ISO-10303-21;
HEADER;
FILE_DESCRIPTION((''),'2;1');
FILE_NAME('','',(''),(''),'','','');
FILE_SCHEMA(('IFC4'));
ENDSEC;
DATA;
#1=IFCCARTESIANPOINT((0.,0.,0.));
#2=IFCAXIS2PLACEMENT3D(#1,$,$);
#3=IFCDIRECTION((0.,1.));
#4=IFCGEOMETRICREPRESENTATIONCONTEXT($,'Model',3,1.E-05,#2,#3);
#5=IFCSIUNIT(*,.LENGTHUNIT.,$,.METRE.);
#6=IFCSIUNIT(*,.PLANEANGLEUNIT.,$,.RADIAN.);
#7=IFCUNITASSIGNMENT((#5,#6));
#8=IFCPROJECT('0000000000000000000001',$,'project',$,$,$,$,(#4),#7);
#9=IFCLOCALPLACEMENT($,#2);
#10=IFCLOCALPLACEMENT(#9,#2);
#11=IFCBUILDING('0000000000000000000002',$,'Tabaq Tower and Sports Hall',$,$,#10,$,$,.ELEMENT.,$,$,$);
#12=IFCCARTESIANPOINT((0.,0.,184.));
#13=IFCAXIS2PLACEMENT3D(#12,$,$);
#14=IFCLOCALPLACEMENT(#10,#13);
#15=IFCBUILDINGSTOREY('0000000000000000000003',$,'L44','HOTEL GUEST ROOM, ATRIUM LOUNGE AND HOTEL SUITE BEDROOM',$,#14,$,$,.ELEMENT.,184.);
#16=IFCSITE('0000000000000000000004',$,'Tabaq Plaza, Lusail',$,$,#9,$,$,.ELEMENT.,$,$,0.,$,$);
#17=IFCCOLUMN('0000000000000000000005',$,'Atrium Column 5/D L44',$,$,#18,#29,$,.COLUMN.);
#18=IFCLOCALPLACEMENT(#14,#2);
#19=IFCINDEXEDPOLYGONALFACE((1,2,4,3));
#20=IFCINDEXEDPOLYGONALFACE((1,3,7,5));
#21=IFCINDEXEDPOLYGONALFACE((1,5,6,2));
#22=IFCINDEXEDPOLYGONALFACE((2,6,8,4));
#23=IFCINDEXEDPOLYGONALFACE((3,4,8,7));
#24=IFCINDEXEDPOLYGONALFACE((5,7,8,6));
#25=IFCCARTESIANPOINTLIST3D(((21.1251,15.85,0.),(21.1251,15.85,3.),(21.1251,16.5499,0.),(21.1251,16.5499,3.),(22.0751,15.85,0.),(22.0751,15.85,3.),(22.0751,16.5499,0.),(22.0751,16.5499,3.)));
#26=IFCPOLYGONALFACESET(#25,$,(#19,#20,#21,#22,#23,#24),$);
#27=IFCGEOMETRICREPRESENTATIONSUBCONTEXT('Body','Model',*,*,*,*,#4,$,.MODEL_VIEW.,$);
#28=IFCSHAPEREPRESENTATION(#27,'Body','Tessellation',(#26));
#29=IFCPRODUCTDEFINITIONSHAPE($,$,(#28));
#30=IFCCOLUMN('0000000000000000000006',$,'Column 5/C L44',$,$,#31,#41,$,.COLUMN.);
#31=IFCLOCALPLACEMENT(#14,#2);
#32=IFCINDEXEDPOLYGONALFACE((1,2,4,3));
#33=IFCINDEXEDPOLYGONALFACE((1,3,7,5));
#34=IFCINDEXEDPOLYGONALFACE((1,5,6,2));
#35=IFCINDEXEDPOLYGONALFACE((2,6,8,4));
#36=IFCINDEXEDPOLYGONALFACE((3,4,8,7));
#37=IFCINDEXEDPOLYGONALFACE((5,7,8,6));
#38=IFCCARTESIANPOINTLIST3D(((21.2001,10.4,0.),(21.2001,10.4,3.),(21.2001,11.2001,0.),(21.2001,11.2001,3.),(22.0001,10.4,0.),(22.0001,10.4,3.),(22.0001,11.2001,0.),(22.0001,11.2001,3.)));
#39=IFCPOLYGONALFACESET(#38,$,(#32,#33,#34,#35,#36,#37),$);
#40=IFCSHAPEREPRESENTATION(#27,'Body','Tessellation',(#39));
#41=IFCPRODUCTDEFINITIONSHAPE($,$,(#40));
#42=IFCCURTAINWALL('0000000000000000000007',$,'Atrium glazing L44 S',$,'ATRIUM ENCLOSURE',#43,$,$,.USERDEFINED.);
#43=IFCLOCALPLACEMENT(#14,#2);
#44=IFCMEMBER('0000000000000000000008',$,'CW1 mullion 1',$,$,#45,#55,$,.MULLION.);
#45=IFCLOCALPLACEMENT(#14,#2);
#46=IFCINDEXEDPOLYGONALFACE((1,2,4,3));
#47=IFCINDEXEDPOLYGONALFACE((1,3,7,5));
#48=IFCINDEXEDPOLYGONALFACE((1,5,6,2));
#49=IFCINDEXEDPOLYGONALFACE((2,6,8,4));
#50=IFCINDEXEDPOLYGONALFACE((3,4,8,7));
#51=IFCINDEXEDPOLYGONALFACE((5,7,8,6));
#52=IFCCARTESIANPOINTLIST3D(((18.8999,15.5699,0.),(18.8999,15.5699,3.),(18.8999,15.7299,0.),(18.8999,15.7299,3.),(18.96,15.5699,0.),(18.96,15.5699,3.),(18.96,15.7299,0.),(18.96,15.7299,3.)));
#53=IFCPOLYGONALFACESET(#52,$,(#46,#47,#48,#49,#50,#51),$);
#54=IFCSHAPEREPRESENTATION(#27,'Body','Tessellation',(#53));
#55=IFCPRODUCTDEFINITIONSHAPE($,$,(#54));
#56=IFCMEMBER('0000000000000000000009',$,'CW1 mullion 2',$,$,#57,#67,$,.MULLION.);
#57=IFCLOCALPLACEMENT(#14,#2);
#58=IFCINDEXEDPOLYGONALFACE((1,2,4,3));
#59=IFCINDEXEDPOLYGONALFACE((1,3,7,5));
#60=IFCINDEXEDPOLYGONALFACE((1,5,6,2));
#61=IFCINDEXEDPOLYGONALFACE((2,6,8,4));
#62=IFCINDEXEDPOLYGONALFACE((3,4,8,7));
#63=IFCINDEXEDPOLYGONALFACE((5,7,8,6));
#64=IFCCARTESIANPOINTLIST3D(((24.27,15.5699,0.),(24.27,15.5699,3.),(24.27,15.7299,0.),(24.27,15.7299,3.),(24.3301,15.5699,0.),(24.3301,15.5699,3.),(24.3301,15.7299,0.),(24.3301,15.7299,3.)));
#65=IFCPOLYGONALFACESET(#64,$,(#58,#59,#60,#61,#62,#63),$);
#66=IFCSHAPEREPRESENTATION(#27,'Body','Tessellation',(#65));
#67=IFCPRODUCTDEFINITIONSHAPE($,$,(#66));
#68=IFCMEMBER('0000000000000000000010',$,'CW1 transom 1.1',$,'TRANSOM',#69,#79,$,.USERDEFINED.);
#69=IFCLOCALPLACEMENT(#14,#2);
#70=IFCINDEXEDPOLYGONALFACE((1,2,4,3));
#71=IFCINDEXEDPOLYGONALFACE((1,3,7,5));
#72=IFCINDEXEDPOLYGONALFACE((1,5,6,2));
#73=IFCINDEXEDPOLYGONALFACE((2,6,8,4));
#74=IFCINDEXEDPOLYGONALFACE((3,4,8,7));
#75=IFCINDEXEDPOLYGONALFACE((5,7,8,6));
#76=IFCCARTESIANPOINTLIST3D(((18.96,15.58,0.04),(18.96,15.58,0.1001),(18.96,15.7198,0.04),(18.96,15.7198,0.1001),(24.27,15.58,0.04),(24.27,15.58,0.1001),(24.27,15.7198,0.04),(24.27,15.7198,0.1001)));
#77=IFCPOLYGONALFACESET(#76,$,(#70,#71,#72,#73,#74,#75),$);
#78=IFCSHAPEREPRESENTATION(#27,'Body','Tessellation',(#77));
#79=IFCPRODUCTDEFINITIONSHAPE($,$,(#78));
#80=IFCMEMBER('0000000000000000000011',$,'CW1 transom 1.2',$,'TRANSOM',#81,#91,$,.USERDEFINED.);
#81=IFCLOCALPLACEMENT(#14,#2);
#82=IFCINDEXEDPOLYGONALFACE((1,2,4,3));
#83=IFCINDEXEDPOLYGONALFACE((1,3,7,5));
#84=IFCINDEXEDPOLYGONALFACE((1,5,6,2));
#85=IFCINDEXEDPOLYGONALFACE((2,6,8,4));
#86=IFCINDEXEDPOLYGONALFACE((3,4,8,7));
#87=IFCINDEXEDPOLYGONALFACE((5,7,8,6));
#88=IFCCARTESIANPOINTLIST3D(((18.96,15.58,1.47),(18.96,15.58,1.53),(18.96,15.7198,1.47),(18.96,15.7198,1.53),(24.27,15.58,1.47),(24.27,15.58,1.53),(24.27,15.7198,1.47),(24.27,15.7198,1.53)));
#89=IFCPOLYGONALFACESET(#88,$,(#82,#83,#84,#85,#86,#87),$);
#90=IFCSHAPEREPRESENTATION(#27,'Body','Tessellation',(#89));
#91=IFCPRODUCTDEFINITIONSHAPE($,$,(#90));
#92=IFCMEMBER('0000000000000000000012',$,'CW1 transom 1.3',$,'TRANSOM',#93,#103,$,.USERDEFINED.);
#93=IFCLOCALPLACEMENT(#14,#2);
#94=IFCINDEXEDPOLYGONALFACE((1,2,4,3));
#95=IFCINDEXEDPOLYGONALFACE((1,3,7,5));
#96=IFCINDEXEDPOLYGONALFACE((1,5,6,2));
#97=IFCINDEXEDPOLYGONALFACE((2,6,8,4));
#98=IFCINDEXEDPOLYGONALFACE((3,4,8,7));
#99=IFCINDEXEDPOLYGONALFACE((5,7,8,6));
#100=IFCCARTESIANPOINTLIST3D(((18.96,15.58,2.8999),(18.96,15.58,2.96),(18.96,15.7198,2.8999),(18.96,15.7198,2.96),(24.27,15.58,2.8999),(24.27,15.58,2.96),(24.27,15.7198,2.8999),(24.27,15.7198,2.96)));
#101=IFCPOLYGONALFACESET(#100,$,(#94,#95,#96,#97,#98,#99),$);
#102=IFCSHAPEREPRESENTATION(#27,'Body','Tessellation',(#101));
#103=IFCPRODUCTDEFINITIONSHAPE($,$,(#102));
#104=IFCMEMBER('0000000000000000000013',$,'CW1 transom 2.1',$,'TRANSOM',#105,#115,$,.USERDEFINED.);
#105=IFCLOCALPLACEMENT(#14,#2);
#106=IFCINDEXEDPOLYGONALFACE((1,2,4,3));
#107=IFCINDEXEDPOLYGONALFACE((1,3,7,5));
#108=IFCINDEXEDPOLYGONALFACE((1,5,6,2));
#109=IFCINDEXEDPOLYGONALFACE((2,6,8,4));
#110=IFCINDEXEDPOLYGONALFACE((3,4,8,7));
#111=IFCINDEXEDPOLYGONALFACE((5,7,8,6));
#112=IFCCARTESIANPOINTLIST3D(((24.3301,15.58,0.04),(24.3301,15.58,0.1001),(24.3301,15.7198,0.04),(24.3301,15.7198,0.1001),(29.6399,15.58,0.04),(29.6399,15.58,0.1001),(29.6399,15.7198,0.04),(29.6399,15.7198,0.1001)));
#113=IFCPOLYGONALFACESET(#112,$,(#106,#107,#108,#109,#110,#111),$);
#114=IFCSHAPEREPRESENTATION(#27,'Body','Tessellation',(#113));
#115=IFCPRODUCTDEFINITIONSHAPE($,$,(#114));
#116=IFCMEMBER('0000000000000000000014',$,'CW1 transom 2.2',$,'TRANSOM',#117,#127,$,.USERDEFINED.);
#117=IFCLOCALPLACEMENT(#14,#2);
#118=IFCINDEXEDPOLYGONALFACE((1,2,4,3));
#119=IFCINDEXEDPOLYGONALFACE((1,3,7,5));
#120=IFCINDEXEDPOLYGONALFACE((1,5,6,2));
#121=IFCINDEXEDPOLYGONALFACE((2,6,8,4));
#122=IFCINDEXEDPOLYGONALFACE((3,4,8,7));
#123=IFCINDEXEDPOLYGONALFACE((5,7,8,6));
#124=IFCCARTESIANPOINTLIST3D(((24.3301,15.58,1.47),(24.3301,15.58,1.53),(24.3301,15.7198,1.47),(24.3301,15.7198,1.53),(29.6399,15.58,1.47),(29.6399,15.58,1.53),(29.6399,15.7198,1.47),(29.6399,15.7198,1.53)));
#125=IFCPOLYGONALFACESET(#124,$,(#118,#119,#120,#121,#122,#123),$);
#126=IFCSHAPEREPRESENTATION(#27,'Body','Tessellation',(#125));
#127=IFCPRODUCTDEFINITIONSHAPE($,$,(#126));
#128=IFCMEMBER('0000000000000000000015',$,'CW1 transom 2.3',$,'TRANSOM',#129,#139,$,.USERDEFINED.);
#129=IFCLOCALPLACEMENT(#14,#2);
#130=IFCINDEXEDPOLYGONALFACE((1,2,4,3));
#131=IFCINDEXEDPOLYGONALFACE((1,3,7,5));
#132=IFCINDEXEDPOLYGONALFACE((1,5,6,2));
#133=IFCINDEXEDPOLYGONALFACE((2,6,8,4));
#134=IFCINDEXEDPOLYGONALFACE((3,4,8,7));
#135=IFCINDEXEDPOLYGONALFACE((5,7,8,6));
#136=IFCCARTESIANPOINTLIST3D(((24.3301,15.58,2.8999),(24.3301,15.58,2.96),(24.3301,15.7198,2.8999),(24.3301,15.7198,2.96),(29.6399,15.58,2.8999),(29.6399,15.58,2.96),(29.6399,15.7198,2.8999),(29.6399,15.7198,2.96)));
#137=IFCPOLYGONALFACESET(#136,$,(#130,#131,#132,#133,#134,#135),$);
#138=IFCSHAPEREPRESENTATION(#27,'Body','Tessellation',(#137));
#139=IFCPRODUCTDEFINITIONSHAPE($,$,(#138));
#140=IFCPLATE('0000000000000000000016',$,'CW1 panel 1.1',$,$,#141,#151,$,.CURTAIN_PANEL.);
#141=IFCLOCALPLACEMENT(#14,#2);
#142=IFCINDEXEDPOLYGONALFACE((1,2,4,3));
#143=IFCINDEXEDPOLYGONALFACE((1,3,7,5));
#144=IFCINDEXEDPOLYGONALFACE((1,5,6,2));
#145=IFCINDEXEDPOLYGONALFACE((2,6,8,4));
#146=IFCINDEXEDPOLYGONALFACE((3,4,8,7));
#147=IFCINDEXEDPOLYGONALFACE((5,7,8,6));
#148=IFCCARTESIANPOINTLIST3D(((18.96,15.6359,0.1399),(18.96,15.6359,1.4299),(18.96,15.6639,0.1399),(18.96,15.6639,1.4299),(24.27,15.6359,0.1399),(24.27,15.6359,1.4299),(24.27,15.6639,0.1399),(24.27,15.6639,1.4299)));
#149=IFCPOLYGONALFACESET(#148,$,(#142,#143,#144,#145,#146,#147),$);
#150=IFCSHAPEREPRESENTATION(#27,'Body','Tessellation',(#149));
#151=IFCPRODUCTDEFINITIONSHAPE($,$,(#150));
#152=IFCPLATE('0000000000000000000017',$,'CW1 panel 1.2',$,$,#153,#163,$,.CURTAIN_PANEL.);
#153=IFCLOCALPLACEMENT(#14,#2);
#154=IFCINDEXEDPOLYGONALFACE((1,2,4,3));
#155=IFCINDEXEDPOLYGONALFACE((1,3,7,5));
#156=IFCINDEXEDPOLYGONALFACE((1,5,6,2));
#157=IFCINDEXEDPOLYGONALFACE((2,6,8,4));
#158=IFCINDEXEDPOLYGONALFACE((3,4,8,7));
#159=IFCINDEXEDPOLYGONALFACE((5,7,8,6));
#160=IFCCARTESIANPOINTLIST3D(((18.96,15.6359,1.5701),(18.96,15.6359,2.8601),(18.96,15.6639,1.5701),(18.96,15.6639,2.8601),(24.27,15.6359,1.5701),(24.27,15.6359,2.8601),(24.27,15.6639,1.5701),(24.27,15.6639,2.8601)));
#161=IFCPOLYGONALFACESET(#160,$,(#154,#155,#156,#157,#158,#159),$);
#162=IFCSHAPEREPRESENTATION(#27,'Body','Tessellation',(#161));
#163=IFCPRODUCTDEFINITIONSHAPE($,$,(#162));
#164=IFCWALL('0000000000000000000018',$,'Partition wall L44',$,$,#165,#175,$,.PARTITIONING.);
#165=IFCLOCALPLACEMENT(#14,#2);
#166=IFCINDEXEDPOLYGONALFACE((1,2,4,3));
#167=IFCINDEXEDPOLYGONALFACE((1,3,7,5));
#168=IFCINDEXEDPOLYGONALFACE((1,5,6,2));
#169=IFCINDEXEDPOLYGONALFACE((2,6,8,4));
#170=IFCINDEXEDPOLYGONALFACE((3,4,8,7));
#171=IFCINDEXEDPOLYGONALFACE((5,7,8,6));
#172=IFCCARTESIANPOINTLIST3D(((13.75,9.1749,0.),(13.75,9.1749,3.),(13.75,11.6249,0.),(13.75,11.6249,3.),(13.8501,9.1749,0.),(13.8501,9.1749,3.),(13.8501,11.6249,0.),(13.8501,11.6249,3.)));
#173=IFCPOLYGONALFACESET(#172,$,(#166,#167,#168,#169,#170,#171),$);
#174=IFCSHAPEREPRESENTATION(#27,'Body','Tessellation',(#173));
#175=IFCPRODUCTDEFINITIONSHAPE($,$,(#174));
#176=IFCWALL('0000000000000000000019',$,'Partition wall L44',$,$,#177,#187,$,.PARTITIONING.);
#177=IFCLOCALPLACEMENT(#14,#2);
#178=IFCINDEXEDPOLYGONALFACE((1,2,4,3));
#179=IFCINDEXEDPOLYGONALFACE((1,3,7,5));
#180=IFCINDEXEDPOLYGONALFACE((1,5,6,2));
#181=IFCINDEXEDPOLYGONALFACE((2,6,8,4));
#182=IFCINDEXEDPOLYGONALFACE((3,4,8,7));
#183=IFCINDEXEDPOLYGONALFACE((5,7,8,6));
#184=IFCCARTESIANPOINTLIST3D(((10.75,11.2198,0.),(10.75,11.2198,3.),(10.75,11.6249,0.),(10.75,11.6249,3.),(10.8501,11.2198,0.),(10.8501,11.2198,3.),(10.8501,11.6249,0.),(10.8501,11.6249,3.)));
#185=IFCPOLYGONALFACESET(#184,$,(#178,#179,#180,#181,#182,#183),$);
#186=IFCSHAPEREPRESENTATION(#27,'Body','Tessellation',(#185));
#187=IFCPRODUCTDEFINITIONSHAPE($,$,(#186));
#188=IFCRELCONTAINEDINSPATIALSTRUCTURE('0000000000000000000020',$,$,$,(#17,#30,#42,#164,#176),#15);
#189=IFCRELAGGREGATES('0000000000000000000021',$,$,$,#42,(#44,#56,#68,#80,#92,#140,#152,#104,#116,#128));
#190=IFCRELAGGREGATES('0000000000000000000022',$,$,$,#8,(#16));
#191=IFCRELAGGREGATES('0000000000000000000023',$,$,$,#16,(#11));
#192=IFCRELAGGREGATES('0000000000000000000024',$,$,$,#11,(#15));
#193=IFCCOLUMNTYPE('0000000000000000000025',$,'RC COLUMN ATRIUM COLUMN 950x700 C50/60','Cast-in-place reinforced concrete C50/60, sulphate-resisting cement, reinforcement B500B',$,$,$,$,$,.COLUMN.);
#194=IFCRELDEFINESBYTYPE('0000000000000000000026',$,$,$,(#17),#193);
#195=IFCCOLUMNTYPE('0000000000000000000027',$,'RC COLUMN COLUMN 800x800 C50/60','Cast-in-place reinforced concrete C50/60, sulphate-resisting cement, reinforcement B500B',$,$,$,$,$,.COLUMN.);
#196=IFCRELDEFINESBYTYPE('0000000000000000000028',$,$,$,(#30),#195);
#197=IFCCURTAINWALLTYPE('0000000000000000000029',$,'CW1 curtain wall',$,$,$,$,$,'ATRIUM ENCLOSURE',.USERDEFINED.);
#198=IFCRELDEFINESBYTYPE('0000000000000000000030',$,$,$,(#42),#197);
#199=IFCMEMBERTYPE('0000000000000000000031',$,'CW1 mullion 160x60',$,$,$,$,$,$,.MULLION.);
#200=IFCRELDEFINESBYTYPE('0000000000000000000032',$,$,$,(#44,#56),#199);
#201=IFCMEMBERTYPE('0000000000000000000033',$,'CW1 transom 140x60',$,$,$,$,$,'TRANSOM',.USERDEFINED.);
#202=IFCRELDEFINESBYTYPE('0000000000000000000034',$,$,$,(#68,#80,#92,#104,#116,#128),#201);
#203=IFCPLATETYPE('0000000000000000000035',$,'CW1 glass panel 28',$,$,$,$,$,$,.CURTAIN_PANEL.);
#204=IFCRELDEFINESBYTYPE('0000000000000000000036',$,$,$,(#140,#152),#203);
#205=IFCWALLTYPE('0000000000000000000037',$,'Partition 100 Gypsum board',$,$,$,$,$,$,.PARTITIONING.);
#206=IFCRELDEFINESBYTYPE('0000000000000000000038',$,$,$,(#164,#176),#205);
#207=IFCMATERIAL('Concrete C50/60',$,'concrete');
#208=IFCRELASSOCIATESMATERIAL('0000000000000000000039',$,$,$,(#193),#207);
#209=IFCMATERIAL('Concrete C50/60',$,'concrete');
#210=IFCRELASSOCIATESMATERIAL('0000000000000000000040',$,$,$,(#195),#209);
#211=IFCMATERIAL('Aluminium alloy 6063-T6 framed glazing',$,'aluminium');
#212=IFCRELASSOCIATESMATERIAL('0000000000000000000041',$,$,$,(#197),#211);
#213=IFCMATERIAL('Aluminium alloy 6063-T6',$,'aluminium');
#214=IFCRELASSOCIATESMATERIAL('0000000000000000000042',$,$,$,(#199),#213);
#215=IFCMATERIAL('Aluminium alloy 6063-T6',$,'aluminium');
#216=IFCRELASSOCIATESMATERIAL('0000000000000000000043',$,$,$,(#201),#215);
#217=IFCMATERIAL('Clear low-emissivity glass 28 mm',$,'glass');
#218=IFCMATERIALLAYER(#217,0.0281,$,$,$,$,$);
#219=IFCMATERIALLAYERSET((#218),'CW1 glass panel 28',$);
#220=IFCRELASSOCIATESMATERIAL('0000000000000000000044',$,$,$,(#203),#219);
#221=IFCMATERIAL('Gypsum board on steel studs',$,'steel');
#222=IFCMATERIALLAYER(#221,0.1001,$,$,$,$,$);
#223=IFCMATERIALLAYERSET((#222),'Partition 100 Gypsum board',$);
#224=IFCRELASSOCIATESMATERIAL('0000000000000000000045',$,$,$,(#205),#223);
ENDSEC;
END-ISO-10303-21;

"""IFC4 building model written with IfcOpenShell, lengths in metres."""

from ifc_helpers import new_model, si_unit, direction, frame, frame_2d, origin, origin_2d, place, context, subcontext, project, spatial, rectangle, extrude, material, layer, layer_set, material_profile, profile_set, type_object, element, aggregate, save


model = new_model("IFC4")

# Units and contexts
model_context = context("Model", 3, precision=1e-05, world=origin(), true_north=direction((0.0, 1.0)))
body_context = subcontext(model_context, "Body", "Model", "MODEL_VIEW")
ifc_project = project(units=[si_unit("LENGTHUNIT", "METRE"), si_unit("PLANEANGLEUNIT", "RADIAN")], contexts=[model_context])

# Site, building, storey
site_placement = place(None, origin())
site = spatial("IfcSite", under=ifc_project, at=site_placement, Name="Tabaq Plaza, Lusail", CompositionType="ELEMENT", RefElevation=0.0)
building_placement = place(site_placement, origin())
building = spatial("IfcBuilding", under=site, at=building_placement, Name="Tabaq Tower and Sports Hall", CompositionType="ELEMENT")
storey_placement = place(building_placement, frame((0.0, 0.0, 184.0)))
storey = spatial("IfcBuildingStorey", under=building, at=storey_placement, Name="L44", Description="HOTEL GUEST ROOM, ATRIUM LOUNGE AND HOTEL SUITE BEDROOM", CompositionType="ELEMENT", Elevation=184.0)

# Columns
ifc_material_1 = material(Name="Concrete C50/60", Category="concrete")
ifc_material_profile_1 = material_profile(ifc_material_1, rectangle(XDim=0.95, YDim=0.7, at=origin_2d()), Name="ATRIUM COLUMN 950x700")
ifc_profile_set_1 = profile_set([ifc_material_profile_1], Name="Concrete C50/60")
column_type_1 = type_object("IfcColumnType", Name="RC COLUMN ATRIUM COLUMN 950x700 C50/60", Description="Cast-in-place reinforced concrete C50/60, sulphate-resisting cement, reinforcement B500B", PredefinedType="COLUMN", material=ifc_profile_set_1)
column_1_placement = place(storey_placement, frame((21.6001, 16.2, 0.0), z_axis=(0.0, 0.0, 1.0), x_axis=(1.0, 0.0, 0.0)))
element("IfcColumn", 1, at=column_1_placement, inside=storey, type_object=column_type_1, Name="Atrium Column 5/D L44", PredefinedType="COLUMN", context=body_context, shape_type="SweptSolid", body=[
    extrude(rectangle(XDim=0.95, YDim=0.7, at=origin_2d()), origin(), (0.0, 0.0, 1.0), 3.0),
])
ifc_material_2 = material(Name="Concrete C50/60", Category="concrete")
ifc_material_profile_2 = material_profile(ifc_material_2, rectangle(XDim=0.8, YDim=0.8, at=origin_2d()), Name="COLUMN 800x800")
ifc_profile_set_2 = profile_set([ifc_material_profile_2], Name="Concrete C50/60")
column_type_2 = type_object("IfcColumnType", Name="RC COLUMN COLUMN 800x800 C50/60", Description="Cast-in-place reinforced concrete C50/60, sulphate-resisting cement, reinforcement B500B", PredefinedType="COLUMN", material=ifc_profile_set_2)
column_2_placement = place(storey_placement, frame((21.6001, 10.8, 0.0), z_axis=(0.0, 0.0, 1.0), x_axis=(1.0, 0.0, 0.0)))
element("IfcColumn", 2, at=column_2_placement, inside=storey, type_object=column_type_2, Name="Column 5/C L44", PredefinedType="COLUMN", context=body_context, shape_type="SweptSolid", body=[
    extrude(rectangle(XDim=0.8, YDim=0.8, at=origin_2d()), origin(), (0.0, 0.0, 1.0), 3.0),
])

# Curtain wall, members, plates
ifc_material_3 = material(Name="Aluminium alloy 6063-T6 framed glazing", Category="aluminium")
curtain_wall_type = type_object("IfcCurtainWallType", Name="CW1 curtain wall", ElementType="ATRIUM ENCLOSURE", PredefinedType="USERDEFINED", material=ifc_material_3)
curtain_wall_placement = place(storey_placement, origin())
curtain_wall = element("IfcCurtainWall", 3, at=curtain_wall_placement, inside=storey, type_object=curtain_wall_type, Name="Atrium glazing L44 S", ObjectType="ATRIUM ENCLOSURE", PredefinedType="USERDEFINED")
ifc_material_4 = material(Name="Aluminium alloy 6063-T6", Category="aluminium")
ifc_material_profile_3 = material_profile(ifc_material_4, rectangle(XDim=0.1599, YDim=0.0601, at=origin_2d()), Name="MULLION 160x60")
ifc_profile_set_3 = profile_set([ifc_material_profile_3], Name="Aluminium alloy 6063-T6")
member_type_1 = type_object("IfcMemberType", Name="CW1 mullion 160x60", PredefinedType="MULLION", material=ifc_profile_set_3)
member_1_placement = place(storey_placement, frame((18.9299, 15.6499, 0.0), z_axis=(0.0, 0.0, 1.0), x_axis=(0.0, 1.0, 0.0)))
member_1 = element("IfcMember", 4, at=member_1_placement, type_object=member_type_1, Name="CW1 mullion 1", PredefinedType="MULLION", context=body_context, shape_type="SweptSolid", body=[
    extrude(rectangle(XDim=0.1599, YDim=0.0601, at=origin_2d()), origin(), (0.0, 0.0, 1.0), 3.0),
])
member_2_placement = place(storey_placement, frame((24.3, 15.6499, 0.0), z_axis=(0.0, 0.0, 1.0), x_axis=(0.0, 1.0, 0.0)))
member_2 = element("IfcMember", 5, at=member_2_placement, type_object=member_type_1, Name="CW1 mullion 2", PredefinedType="MULLION", context=body_context, shape_type="SweptSolid", body=[
    extrude(rectangle(XDim=0.1599, YDim=0.0601, at=origin_2d()), origin(), (0.0, 0.0, 1.0), 3.0),
])
ifc_material_5 = material(Name="Aluminium alloy 6063-T6", Category="aluminium")
ifc_material_profile_4 = material_profile(ifc_material_5, rectangle(XDim=0.1399, YDim=0.0601, at=origin_2d()), Name="TRANSOM 140x60")
ifc_profile_set_4 = profile_set([ifc_material_profile_4], Name="Aluminium alloy 6063-T6")
member_type_2 = type_object("IfcMemberType", Name="CW1 transom 140x60", ElementType="TRANSOM", PredefinedType="USERDEFINED", material=ifc_profile_set_4)
member_3_placement = place(storey_placement, frame((18.96, 15.6499, 0.0701), z_axis=(1.0, 0.0, 0.0), x_axis=(0.0, 1.0, 0.0)))
member_3 = element("IfcMember", 6, at=member_3_placement, type_object=member_type_2, Name="CW1 transom 1.1", ObjectType="TRANSOM", PredefinedType="USERDEFINED", context=body_context, shape_type="SweptSolid", body=[
    extrude(rectangle(XDim=0.1399, YDim=0.0601, at=origin_2d()), origin(), (0.0, 0.0, 1.0), 5.3101),
])
member_4_placement = place(storey_placement, frame((18.96, 15.6499, 1.5), z_axis=(1.0, 0.0, 0.0), x_axis=(0.0, 1.0, 0.0)))
member_4 = element("IfcMember", 7, at=member_4_placement, type_object=member_type_2, Name="CW1 transom 1.2", ObjectType="TRANSOM", PredefinedType="USERDEFINED", context=body_context, shape_type="SweptSolid", body=[
    extrude(rectangle(XDim=0.1399, YDim=0.0601, at=origin_2d()), origin(), (0.0, 0.0, 1.0), 5.3101),
])
member_5_placement = place(storey_placement, frame((18.96, 15.6499, 2.9299), z_axis=(1.0, 0.0, 0.0), x_axis=(0.0, 1.0, 0.0)))
member_5 = element("IfcMember", 8, at=member_5_placement, type_object=member_type_2, Name="CW1 transom 1.3", ObjectType="TRANSOM", PredefinedType="USERDEFINED", context=body_context, shape_type="SweptSolid", body=[
    extrude(rectangle(XDim=0.1399, YDim=0.0601, at=origin_2d()), origin(), (0.0, 0.0, 1.0), 5.3101),
])
member_6_placement = place(storey_placement, frame((24.3301, 15.6499, 0.0701), z_axis=(1.0, 0.0, 0.0), x_axis=(0.0, 1.0, 0.0)))
member_6 = element("IfcMember", 9, at=member_6_placement, type_object=member_type_2, Name="CW1 transom 2.1", ObjectType="TRANSOM", PredefinedType="USERDEFINED", context=body_context, shape_type="SweptSolid", body=[
    extrude(rectangle(XDim=0.1399, YDim=0.0601, at=origin_2d()), origin(), (0.0, 0.0, 1.0), 5.3098),
])
member_7_placement = place(storey_placement, frame((24.3301, 15.6499, 1.5), z_axis=(1.0, 0.0, 0.0), x_axis=(0.0, 1.0, 0.0)))
member_7 = element("IfcMember", 10, at=member_7_placement, type_object=member_type_2, Name="CW1 transom 2.2", ObjectType="TRANSOM", PredefinedType="USERDEFINED", context=body_context, shape_type="SweptSolid", body=[
    extrude(rectangle(XDim=0.1399, YDim=0.0601, at=origin_2d()), origin(), (0.0, 0.0, 1.0), 5.3098),
])
member_8_placement = place(storey_placement, frame((24.3301, 15.6499, 2.9299), z_axis=(1.0, 0.0, 0.0), x_axis=(0.0, 1.0, 0.0)))
member_8 = element("IfcMember", 11, at=member_8_placement, type_object=member_type_2, Name="CW1 transom 2.3", ObjectType="TRANSOM", PredefinedType="USERDEFINED", context=body_context, shape_type="SweptSolid", body=[
    extrude(rectangle(XDim=0.1399, YDim=0.0601, at=origin_2d()), origin(), (0.0, 0.0, 1.0), 5.3098),
])
ifc_material_6 = material(Name="Clear low-emissivity glass 28 mm", Category="glass")
ifc_layer_1 = layer(ifc_material_6, 0.0281)
ifc_layer_set_1 = layer_set([ifc_layer_1], Name="CW1 glass panel 28")
plate_type = type_object("IfcPlateType", Name="CW1 glass panel 28", PredefinedType="CURTAIN_PANEL", material=ifc_layer_set_1)
plate_1_placement = place(storey_placement, frame((21.615, 15.6499, 0.1399), z_axis=(0.0, 0.0, 1.0), x_axis=(1.0, 0.0, 0.0)))
plate_1 = element("IfcPlate", 12, at=plate_1_placement, type_object=plate_type, Name="CW1 panel 1.1", PredefinedType="CURTAIN_PANEL", context=body_context, shape_type="SweptSolid", body=[
    extrude(rectangle(XDim=5.3101, YDim=0.0281, at=origin_2d()), origin(), (0.0, 0.0, 1.0), 1.29),
])
plate_2_placement = place(storey_placement, frame((21.615, 15.6499, 1.5701), z_axis=(0.0, 0.0, 1.0), x_axis=(1.0, 0.0, 0.0)))
plate_2 = element("IfcPlate", 13, at=plate_2_placement, type_object=plate_type, Name="CW1 panel 1.2", PredefinedType="CURTAIN_PANEL", context=body_context, shape_type="SweptSolid", body=[
    extrude(rectangle(XDim=5.3101, YDim=0.0281, at=origin_2d()), origin(), (0.0, 0.0, 1.0), 1.29),
])
aggregate(curtain_wall, [member_1, member_2, member_3, member_4, member_5, plate_1, plate_2, member_6, member_7, member_8])

# Walls
ifc_material_7 = material(Name="Gypsum board on steel studs", Category="steel")
ifc_layer_2 = layer(ifc_material_7, 0.1001)
ifc_layer_set_2 = layer_set([ifc_layer_2], Name="Partition 100 Gypsum board")
wall_type_1 = type_object("IfcWallType", Name="Partition 100 Gypsum board", PredefinedType="PARTITIONING", material=ifc_layer_set_2)
wall_1_placement = place(storey_placement, frame((13.8, 11.625, 0.0), z_axis=(0.0, 0.0, 1.0), x_axis=(0.0, -1.0, 0.0)))
element("IfcWall", 14, at=wall_1_placement, inside=storey, type_object=wall_type_1, Name="Partition wall L44", PredefinedType="PARTITIONING", context=body_context, shape_type="SweptSolid", body=[
    extrude(rectangle(XDim=2.45, YDim=0.1001, at=frame_2d((1.2251, 0.0))), origin(), (0.0, 0.0, 1.0), 3.0),
])
for number, where, z_axis, x_axis, name in (
    (15, (10.8, 11.625, 0.0), (0.0, 0.0, 1.0), (0.0, -1.0, 0.0), "Partition wall L44"),
):
    element("IfcWall", number, at=place(storey_placement, frame(where, z_axis=z_axis, x_axis=x_axis)), inside=storey, type_object=wall_type_1, Name=name, PredefinedType="PARTITIONING", context=body_context, shape_type="SweptSolid", body=[
        extrude(rectangle(XDim=0.405, YDim=0.1001, at=frame_2d((0.2026, 0.0))), origin(), (0.0, 0.0, 1.0), 3.0),
    ])

save(model, "model.ifc")
